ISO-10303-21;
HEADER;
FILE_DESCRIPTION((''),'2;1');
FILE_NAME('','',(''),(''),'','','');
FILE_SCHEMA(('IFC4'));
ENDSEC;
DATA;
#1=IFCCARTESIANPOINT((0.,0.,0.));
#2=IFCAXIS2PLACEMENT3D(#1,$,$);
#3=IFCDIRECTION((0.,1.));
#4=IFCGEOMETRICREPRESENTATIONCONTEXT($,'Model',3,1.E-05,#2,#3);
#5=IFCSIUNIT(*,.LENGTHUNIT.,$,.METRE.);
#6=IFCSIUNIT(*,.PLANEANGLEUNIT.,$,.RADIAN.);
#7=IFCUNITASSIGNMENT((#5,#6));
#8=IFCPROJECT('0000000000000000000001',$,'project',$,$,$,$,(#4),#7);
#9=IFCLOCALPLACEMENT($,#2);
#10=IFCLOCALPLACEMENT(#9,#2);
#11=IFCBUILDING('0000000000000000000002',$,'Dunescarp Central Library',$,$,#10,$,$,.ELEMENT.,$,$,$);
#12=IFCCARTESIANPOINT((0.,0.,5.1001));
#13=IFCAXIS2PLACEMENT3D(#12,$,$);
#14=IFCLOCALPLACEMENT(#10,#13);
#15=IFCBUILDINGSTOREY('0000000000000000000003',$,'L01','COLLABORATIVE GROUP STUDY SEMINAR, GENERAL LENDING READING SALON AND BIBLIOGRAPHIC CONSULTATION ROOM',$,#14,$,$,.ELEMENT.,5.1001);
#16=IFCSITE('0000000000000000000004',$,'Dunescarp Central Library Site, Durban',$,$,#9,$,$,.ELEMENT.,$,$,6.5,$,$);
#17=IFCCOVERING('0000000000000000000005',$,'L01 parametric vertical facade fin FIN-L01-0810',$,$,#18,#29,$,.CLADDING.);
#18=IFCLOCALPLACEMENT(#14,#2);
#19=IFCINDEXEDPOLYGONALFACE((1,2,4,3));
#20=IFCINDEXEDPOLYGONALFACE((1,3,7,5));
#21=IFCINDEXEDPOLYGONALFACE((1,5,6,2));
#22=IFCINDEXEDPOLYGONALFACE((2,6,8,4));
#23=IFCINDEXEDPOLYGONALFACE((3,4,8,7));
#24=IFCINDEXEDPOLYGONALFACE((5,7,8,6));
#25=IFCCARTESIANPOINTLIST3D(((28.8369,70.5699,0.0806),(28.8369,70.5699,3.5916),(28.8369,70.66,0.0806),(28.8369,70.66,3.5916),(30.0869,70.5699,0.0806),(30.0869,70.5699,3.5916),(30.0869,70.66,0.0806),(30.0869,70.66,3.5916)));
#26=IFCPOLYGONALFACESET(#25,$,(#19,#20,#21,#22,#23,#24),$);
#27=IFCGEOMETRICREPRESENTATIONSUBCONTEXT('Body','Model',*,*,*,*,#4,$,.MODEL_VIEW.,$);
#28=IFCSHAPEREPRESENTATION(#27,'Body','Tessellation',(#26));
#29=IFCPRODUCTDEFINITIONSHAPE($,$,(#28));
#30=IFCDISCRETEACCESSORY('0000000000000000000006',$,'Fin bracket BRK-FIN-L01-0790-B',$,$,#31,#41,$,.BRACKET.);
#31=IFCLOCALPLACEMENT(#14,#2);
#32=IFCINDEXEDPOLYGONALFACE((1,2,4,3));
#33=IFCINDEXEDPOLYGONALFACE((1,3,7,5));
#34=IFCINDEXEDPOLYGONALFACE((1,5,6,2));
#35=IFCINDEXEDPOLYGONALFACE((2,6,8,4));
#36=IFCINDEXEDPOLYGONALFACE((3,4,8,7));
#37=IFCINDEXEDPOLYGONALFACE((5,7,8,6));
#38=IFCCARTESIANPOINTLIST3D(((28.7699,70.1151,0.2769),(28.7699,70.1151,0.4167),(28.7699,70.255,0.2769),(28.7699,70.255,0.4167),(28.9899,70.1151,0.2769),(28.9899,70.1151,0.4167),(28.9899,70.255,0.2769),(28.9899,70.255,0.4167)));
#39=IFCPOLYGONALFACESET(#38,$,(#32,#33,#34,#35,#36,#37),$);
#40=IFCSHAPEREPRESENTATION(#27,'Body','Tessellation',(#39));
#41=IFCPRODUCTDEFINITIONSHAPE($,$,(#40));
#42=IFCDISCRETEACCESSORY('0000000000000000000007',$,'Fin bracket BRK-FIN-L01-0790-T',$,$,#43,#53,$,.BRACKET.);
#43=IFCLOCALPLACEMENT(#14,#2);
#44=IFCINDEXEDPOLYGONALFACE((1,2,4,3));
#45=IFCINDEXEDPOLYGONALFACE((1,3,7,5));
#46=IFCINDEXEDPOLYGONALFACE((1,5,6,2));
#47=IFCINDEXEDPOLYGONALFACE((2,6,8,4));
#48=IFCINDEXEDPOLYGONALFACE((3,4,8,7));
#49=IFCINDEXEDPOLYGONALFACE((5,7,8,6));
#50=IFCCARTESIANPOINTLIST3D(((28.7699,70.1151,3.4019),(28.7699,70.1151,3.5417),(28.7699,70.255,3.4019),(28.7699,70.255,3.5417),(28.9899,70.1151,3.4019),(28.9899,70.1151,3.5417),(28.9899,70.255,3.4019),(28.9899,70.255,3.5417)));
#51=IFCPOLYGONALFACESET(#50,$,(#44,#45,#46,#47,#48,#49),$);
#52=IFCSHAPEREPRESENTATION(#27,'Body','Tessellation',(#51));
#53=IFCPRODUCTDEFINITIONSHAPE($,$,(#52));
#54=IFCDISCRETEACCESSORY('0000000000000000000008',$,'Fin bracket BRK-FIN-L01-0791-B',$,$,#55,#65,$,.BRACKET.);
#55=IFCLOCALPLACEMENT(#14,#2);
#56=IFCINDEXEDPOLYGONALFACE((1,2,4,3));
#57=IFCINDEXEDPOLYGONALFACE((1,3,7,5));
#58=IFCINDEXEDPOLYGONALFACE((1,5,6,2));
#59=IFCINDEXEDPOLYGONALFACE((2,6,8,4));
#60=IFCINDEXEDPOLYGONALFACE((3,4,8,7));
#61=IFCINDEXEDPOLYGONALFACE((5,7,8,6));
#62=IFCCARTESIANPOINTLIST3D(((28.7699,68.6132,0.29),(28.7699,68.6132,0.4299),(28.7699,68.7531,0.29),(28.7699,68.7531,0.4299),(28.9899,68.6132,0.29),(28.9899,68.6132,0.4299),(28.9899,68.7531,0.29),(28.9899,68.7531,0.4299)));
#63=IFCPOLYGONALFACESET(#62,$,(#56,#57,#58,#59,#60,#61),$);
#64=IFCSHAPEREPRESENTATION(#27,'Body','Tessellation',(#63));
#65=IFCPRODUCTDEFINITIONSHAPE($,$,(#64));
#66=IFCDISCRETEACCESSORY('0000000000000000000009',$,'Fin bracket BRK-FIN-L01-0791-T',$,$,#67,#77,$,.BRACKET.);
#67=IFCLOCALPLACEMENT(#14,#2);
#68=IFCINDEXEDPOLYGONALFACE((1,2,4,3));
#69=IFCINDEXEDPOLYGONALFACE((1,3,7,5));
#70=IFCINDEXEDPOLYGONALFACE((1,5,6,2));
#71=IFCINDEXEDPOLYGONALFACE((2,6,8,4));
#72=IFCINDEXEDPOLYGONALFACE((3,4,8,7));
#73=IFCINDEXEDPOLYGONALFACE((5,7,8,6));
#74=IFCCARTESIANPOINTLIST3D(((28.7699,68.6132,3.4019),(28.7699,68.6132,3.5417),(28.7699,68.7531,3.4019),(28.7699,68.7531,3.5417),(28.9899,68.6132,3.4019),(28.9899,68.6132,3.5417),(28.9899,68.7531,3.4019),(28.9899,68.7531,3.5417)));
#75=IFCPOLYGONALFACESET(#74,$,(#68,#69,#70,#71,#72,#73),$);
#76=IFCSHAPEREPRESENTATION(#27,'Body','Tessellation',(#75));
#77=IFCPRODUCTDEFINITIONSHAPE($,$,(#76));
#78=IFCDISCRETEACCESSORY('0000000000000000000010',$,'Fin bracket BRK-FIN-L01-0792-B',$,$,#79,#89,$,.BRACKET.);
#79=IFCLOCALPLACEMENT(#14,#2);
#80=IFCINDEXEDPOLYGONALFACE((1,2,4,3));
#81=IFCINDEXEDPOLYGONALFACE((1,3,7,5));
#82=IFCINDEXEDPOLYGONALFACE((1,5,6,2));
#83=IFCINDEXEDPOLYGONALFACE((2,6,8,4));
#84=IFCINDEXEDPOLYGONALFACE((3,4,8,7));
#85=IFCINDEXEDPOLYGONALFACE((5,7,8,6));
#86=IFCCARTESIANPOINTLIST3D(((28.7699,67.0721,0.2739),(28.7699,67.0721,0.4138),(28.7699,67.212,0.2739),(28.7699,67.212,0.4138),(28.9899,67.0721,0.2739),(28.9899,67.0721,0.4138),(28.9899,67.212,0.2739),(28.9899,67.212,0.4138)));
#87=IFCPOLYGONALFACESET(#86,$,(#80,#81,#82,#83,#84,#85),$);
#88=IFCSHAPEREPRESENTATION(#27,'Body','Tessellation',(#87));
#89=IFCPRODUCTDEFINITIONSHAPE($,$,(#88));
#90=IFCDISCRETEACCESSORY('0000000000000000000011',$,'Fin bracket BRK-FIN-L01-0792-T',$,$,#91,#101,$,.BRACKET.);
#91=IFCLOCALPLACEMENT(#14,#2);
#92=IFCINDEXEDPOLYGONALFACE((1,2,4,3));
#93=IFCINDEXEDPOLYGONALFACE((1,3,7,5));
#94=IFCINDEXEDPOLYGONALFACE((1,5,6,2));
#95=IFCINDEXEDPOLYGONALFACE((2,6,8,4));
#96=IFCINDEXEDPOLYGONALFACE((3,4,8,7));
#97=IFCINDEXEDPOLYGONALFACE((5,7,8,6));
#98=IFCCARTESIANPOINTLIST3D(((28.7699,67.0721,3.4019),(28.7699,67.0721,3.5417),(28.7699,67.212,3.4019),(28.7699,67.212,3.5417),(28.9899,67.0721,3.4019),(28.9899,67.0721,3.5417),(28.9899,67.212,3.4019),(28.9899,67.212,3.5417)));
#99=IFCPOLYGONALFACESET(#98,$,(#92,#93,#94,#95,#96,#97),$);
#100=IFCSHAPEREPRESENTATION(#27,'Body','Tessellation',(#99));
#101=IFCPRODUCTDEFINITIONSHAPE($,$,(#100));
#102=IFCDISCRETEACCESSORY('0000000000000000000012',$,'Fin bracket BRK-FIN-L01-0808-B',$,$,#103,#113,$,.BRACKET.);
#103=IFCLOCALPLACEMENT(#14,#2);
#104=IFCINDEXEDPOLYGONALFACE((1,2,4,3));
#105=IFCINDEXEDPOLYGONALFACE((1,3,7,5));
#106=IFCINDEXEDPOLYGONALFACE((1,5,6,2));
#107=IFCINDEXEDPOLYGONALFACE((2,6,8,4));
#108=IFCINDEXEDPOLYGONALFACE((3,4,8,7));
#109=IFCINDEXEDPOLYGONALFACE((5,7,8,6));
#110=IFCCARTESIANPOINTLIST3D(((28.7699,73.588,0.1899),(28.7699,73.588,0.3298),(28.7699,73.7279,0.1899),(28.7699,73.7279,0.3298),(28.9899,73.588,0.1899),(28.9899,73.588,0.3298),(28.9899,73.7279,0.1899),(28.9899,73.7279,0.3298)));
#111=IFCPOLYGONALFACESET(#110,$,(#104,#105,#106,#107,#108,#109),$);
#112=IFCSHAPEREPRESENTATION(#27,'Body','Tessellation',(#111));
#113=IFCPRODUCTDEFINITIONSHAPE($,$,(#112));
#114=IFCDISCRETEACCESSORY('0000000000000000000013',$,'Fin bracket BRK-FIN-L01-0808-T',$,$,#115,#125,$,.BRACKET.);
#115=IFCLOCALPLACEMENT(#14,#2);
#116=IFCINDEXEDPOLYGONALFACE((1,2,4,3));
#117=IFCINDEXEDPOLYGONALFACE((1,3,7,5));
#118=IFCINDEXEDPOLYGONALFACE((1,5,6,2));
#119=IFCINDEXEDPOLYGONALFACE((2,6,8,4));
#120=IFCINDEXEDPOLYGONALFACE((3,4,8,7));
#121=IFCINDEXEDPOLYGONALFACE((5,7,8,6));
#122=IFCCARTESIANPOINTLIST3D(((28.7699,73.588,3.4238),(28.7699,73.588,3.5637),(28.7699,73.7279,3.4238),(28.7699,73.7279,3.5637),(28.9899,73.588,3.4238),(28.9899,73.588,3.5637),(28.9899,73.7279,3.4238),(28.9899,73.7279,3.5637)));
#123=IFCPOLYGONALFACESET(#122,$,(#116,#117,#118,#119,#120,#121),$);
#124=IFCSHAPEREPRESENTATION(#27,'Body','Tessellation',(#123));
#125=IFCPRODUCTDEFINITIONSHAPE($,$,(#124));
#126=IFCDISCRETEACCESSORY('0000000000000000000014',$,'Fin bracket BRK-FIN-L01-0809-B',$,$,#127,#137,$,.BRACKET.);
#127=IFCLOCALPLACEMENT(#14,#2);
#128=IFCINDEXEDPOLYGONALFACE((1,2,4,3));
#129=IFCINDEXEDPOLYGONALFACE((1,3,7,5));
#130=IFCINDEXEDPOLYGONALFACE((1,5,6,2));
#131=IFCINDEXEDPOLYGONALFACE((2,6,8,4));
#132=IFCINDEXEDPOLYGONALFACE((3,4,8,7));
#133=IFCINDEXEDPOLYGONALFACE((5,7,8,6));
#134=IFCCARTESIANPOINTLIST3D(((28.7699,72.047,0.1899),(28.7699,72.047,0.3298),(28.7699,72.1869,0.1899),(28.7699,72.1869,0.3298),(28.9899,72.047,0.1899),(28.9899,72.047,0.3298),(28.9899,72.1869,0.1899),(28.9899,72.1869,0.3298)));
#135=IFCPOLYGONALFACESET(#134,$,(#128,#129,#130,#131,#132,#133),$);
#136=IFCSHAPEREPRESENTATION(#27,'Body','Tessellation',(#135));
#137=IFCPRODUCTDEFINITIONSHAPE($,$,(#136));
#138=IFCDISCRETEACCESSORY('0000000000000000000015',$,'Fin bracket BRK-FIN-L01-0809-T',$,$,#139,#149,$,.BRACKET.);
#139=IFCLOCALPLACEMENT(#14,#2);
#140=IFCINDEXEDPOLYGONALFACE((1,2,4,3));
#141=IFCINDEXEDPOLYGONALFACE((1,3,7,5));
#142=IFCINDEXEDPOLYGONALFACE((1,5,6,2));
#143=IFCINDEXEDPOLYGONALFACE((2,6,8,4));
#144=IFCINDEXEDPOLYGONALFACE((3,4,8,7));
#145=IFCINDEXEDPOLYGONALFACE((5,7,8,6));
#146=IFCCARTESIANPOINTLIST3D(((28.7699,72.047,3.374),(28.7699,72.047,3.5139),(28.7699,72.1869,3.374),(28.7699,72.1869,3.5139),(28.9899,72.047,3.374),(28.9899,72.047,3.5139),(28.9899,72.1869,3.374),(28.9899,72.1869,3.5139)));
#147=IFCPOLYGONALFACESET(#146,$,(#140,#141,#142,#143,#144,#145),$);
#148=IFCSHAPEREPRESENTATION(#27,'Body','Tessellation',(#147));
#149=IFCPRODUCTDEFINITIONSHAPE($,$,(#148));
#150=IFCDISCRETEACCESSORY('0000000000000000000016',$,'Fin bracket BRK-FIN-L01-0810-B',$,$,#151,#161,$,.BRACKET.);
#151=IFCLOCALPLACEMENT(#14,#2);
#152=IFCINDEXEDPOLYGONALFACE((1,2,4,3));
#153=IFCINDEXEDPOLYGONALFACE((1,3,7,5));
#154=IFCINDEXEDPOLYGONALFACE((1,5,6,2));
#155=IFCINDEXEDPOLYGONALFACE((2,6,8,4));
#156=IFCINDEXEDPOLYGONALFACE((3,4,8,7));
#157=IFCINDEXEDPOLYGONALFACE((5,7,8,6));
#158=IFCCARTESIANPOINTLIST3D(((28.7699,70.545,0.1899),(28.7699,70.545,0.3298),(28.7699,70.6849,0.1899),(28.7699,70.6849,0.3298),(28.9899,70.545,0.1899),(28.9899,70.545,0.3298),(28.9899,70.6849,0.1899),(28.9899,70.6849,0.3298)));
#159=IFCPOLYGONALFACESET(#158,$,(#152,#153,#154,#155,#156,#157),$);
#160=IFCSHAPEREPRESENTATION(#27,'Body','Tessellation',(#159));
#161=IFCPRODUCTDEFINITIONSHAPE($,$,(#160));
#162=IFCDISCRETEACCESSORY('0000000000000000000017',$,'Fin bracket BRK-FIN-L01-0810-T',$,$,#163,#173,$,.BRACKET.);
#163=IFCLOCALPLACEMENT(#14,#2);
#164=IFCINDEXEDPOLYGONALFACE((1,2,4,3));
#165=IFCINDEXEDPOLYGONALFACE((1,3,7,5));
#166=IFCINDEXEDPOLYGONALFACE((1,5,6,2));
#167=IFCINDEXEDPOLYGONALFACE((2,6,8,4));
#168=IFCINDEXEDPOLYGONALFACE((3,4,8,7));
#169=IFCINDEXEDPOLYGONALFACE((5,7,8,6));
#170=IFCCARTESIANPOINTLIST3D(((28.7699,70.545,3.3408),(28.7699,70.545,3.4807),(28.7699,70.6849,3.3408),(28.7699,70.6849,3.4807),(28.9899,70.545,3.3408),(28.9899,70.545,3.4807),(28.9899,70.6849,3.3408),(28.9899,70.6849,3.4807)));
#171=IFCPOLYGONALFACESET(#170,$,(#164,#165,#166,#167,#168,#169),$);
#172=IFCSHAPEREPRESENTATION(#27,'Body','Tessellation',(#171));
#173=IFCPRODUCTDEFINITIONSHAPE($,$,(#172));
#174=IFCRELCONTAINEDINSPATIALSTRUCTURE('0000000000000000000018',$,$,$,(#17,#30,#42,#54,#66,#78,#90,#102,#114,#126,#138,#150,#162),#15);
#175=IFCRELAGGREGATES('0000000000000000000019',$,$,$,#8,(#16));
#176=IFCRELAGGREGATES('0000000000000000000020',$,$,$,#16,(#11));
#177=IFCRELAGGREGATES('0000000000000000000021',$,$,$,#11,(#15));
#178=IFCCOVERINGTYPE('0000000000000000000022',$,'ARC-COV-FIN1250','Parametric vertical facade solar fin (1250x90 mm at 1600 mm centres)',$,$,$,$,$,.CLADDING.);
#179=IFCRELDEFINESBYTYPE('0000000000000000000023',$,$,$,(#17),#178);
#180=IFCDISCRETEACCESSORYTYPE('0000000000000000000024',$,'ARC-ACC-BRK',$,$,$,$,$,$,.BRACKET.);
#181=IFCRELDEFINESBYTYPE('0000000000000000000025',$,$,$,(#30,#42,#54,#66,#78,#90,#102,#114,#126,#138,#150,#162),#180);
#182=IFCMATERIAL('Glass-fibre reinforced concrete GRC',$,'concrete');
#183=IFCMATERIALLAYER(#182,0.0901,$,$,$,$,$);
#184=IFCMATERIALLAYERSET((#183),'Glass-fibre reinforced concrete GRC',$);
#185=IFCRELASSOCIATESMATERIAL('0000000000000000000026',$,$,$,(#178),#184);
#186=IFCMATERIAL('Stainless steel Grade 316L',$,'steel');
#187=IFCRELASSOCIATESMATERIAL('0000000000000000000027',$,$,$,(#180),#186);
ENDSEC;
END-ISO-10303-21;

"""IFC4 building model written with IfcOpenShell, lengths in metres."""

from ifc_helpers import new_model, si_unit, direction, frame, origin, origin_2d, place, context, subcontext, project, spatial, rectangle, extrude, material, layer, layer_set, type_object, element, save


model = new_model("IFC4")

# Units and contexts
model_context = context("Model", 3, precision=1e-05, world=origin(), true_north=direction((0.0, 1.0)))
body_context = subcontext(model_context, "Body", "Model", "MODEL_VIEW")
ifc_project = project(units=[si_unit("LENGTHUNIT", "METRE"), si_unit("PLANEANGLEUNIT", "RADIAN")], contexts=[model_context])

# Site, building, storey
site_placement = place(None, origin())
site = spatial("IfcSite", under=ifc_project, at=site_placement, Name="Dunescarp Central Library Site, Durban", CompositionType="ELEMENT", RefElevation=6.5)
building_placement = place(site_placement, origin())
building = spatial("IfcBuilding", under=site, at=building_placement, Name="Dunescarp Central Library", CompositionType="ELEMENT")
storey_placement = place(building_placement, frame((0.0, 0.0, 5.1001)))
storey = spatial("IfcBuildingStorey", under=building, at=storey_placement, Name="L01", Description="COLLABORATIVE GROUP STUDY SEMINAR, GENERAL LENDING READING SALON AND BIBLIOGRAPHIC CONSULTATION ROOM", CompositionType="ELEMENT", Elevation=5.1001)

# Covering
ifc_material_1 = material(Name="Glass-fibre reinforced concrete GRC", Category="concrete")
ifc_layer_1 = layer(ifc_material_1, 0.0901)
ifc_layer_set_1 = layer_set([ifc_layer_1], Name="Glass-fibre reinforced concrete GRC")
covering_type = type_object("IfcCoveringType", Name="ARC-COV-FIN1250", Description="Parametric vertical facade solar fin (1250x90 mm at 1600 mm centres)", PredefinedType="CLADDING", material=ifc_layer_set_1)
covering_1_placement = place(storey_placement, frame((29.4619, 70.615, 0.0806), z_axis=(0.0, 0.0, 1.0), x_axis=(1.0, 0.0, 0.0)))
element("IfcCovering", 1, at=covering_1_placement, inside=storey, type_object=covering_type, Name="L01 parametric vertical facade fin FIN-L01-0810", PredefinedType="CLADDING", context=body_context, shape_type="SweptSolid", body=[
    extrude(rectangle(XDim=1.25, YDim=0.0901, at=origin_2d()), origin(), (0.0, 0.0, 1.0), 3.511),
])

# Discrete accessories
ifc_material_2 = material(Name="Stainless steel Grade 316L", Category="steel")
discrete_accessory_type = type_object("IfcDiscreteAccessoryType", Name="ARC-ACC-BRK", PredefinedType="BRACKET", material=ifc_material_2)
for number, where, z_axis, x_axis, name in (
    (2, (28.8799, 70.1851, 0.2769), (0.0, 0.0, 1.0), (1.0, 0.0, 0.0), "Fin bracket BRK-FIN-L01-0790-B"),
    (3, (28.8799, 70.1851, 3.4019), (0.0, 0.0, 1.0), (1.0, 0.0, 0.0), "Fin bracket BRK-FIN-L01-0790-T"),
    (4, (28.8799, 68.6831, 0.29), (0.0, 0.0, 1.0), (1.0, 0.0, 0.0), "Fin bracket BRK-FIN-L01-0791-B"),
    (5, (28.8799, 68.6831, 3.4019), (0.0, 0.0, 1.0), (1.0, 0.0, 0.0), "Fin bracket BRK-FIN-L01-0791-T"),
    (6, (28.8799, 67.1421, 0.2739), (0.0, 0.0, 1.0), (1.0, 0.0, 0.0), "Fin bracket BRK-FIN-L01-0792-B"),
    (7, (28.8799, 67.1421, 3.4019), (0.0, 0.0, 1.0), (1.0, 0.0, 0.0), "Fin bracket BRK-FIN-L01-0792-T"),
    (8, (28.8799, 73.658, 0.1899), (0.0, 0.0, 1.0), (1.0, 0.0, 0.0), "Fin bracket BRK-FIN-L01-0808-B"),
    (9, (28.8799, 73.658, 3.4238), (0.0, 0.0, 1.0), (1.0, 0.0, 0.0), "Fin bracket BRK-FIN-L01-0808-T"),
    (10, (28.8799, 72.1169, 0.1899), (0.0, 0.0, 1.0), (1.0, 0.0, 0.0), "Fin bracket BRK-FIN-L01-0809-B"),
    (11, (28.8799, 72.1169, 3.374), (0.0, 0.0, 1.0), (1.0, 0.0, 0.0), "Fin bracket BRK-FIN-L01-0809-T"),
    (12, (28.8799, 70.615, 0.1899), (0.0, 0.0, 1.0), (1.0, 0.0, 0.0), "Fin bracket BRK-FIN-L01-0810-B"),
    (13, (28.8799, 70.615, 3.3408), (0.0, 0.0, 1.0), (1.0, 0.0, 0.0), "Fin bracket BRK-FIN-L01-0810-T"),
):
    element("IfcDiscreteAccessory", number, at=place(storey_placement, frame(where, z_axis=z_axis, x_axis=x_axis)), inside=storey, type_object=discrete_accessory_type, Name=name, PredefinedType="BRACKET", context=body_context, shape_type="SweptSolid", body=[
        extrude(rectangle(XDim=0.22, YDim=0.1399, at=origin_2d()), origin(), (0.0, 0.0, 1.0), 0.1399),
    ])

save(model, "model.ifc")
